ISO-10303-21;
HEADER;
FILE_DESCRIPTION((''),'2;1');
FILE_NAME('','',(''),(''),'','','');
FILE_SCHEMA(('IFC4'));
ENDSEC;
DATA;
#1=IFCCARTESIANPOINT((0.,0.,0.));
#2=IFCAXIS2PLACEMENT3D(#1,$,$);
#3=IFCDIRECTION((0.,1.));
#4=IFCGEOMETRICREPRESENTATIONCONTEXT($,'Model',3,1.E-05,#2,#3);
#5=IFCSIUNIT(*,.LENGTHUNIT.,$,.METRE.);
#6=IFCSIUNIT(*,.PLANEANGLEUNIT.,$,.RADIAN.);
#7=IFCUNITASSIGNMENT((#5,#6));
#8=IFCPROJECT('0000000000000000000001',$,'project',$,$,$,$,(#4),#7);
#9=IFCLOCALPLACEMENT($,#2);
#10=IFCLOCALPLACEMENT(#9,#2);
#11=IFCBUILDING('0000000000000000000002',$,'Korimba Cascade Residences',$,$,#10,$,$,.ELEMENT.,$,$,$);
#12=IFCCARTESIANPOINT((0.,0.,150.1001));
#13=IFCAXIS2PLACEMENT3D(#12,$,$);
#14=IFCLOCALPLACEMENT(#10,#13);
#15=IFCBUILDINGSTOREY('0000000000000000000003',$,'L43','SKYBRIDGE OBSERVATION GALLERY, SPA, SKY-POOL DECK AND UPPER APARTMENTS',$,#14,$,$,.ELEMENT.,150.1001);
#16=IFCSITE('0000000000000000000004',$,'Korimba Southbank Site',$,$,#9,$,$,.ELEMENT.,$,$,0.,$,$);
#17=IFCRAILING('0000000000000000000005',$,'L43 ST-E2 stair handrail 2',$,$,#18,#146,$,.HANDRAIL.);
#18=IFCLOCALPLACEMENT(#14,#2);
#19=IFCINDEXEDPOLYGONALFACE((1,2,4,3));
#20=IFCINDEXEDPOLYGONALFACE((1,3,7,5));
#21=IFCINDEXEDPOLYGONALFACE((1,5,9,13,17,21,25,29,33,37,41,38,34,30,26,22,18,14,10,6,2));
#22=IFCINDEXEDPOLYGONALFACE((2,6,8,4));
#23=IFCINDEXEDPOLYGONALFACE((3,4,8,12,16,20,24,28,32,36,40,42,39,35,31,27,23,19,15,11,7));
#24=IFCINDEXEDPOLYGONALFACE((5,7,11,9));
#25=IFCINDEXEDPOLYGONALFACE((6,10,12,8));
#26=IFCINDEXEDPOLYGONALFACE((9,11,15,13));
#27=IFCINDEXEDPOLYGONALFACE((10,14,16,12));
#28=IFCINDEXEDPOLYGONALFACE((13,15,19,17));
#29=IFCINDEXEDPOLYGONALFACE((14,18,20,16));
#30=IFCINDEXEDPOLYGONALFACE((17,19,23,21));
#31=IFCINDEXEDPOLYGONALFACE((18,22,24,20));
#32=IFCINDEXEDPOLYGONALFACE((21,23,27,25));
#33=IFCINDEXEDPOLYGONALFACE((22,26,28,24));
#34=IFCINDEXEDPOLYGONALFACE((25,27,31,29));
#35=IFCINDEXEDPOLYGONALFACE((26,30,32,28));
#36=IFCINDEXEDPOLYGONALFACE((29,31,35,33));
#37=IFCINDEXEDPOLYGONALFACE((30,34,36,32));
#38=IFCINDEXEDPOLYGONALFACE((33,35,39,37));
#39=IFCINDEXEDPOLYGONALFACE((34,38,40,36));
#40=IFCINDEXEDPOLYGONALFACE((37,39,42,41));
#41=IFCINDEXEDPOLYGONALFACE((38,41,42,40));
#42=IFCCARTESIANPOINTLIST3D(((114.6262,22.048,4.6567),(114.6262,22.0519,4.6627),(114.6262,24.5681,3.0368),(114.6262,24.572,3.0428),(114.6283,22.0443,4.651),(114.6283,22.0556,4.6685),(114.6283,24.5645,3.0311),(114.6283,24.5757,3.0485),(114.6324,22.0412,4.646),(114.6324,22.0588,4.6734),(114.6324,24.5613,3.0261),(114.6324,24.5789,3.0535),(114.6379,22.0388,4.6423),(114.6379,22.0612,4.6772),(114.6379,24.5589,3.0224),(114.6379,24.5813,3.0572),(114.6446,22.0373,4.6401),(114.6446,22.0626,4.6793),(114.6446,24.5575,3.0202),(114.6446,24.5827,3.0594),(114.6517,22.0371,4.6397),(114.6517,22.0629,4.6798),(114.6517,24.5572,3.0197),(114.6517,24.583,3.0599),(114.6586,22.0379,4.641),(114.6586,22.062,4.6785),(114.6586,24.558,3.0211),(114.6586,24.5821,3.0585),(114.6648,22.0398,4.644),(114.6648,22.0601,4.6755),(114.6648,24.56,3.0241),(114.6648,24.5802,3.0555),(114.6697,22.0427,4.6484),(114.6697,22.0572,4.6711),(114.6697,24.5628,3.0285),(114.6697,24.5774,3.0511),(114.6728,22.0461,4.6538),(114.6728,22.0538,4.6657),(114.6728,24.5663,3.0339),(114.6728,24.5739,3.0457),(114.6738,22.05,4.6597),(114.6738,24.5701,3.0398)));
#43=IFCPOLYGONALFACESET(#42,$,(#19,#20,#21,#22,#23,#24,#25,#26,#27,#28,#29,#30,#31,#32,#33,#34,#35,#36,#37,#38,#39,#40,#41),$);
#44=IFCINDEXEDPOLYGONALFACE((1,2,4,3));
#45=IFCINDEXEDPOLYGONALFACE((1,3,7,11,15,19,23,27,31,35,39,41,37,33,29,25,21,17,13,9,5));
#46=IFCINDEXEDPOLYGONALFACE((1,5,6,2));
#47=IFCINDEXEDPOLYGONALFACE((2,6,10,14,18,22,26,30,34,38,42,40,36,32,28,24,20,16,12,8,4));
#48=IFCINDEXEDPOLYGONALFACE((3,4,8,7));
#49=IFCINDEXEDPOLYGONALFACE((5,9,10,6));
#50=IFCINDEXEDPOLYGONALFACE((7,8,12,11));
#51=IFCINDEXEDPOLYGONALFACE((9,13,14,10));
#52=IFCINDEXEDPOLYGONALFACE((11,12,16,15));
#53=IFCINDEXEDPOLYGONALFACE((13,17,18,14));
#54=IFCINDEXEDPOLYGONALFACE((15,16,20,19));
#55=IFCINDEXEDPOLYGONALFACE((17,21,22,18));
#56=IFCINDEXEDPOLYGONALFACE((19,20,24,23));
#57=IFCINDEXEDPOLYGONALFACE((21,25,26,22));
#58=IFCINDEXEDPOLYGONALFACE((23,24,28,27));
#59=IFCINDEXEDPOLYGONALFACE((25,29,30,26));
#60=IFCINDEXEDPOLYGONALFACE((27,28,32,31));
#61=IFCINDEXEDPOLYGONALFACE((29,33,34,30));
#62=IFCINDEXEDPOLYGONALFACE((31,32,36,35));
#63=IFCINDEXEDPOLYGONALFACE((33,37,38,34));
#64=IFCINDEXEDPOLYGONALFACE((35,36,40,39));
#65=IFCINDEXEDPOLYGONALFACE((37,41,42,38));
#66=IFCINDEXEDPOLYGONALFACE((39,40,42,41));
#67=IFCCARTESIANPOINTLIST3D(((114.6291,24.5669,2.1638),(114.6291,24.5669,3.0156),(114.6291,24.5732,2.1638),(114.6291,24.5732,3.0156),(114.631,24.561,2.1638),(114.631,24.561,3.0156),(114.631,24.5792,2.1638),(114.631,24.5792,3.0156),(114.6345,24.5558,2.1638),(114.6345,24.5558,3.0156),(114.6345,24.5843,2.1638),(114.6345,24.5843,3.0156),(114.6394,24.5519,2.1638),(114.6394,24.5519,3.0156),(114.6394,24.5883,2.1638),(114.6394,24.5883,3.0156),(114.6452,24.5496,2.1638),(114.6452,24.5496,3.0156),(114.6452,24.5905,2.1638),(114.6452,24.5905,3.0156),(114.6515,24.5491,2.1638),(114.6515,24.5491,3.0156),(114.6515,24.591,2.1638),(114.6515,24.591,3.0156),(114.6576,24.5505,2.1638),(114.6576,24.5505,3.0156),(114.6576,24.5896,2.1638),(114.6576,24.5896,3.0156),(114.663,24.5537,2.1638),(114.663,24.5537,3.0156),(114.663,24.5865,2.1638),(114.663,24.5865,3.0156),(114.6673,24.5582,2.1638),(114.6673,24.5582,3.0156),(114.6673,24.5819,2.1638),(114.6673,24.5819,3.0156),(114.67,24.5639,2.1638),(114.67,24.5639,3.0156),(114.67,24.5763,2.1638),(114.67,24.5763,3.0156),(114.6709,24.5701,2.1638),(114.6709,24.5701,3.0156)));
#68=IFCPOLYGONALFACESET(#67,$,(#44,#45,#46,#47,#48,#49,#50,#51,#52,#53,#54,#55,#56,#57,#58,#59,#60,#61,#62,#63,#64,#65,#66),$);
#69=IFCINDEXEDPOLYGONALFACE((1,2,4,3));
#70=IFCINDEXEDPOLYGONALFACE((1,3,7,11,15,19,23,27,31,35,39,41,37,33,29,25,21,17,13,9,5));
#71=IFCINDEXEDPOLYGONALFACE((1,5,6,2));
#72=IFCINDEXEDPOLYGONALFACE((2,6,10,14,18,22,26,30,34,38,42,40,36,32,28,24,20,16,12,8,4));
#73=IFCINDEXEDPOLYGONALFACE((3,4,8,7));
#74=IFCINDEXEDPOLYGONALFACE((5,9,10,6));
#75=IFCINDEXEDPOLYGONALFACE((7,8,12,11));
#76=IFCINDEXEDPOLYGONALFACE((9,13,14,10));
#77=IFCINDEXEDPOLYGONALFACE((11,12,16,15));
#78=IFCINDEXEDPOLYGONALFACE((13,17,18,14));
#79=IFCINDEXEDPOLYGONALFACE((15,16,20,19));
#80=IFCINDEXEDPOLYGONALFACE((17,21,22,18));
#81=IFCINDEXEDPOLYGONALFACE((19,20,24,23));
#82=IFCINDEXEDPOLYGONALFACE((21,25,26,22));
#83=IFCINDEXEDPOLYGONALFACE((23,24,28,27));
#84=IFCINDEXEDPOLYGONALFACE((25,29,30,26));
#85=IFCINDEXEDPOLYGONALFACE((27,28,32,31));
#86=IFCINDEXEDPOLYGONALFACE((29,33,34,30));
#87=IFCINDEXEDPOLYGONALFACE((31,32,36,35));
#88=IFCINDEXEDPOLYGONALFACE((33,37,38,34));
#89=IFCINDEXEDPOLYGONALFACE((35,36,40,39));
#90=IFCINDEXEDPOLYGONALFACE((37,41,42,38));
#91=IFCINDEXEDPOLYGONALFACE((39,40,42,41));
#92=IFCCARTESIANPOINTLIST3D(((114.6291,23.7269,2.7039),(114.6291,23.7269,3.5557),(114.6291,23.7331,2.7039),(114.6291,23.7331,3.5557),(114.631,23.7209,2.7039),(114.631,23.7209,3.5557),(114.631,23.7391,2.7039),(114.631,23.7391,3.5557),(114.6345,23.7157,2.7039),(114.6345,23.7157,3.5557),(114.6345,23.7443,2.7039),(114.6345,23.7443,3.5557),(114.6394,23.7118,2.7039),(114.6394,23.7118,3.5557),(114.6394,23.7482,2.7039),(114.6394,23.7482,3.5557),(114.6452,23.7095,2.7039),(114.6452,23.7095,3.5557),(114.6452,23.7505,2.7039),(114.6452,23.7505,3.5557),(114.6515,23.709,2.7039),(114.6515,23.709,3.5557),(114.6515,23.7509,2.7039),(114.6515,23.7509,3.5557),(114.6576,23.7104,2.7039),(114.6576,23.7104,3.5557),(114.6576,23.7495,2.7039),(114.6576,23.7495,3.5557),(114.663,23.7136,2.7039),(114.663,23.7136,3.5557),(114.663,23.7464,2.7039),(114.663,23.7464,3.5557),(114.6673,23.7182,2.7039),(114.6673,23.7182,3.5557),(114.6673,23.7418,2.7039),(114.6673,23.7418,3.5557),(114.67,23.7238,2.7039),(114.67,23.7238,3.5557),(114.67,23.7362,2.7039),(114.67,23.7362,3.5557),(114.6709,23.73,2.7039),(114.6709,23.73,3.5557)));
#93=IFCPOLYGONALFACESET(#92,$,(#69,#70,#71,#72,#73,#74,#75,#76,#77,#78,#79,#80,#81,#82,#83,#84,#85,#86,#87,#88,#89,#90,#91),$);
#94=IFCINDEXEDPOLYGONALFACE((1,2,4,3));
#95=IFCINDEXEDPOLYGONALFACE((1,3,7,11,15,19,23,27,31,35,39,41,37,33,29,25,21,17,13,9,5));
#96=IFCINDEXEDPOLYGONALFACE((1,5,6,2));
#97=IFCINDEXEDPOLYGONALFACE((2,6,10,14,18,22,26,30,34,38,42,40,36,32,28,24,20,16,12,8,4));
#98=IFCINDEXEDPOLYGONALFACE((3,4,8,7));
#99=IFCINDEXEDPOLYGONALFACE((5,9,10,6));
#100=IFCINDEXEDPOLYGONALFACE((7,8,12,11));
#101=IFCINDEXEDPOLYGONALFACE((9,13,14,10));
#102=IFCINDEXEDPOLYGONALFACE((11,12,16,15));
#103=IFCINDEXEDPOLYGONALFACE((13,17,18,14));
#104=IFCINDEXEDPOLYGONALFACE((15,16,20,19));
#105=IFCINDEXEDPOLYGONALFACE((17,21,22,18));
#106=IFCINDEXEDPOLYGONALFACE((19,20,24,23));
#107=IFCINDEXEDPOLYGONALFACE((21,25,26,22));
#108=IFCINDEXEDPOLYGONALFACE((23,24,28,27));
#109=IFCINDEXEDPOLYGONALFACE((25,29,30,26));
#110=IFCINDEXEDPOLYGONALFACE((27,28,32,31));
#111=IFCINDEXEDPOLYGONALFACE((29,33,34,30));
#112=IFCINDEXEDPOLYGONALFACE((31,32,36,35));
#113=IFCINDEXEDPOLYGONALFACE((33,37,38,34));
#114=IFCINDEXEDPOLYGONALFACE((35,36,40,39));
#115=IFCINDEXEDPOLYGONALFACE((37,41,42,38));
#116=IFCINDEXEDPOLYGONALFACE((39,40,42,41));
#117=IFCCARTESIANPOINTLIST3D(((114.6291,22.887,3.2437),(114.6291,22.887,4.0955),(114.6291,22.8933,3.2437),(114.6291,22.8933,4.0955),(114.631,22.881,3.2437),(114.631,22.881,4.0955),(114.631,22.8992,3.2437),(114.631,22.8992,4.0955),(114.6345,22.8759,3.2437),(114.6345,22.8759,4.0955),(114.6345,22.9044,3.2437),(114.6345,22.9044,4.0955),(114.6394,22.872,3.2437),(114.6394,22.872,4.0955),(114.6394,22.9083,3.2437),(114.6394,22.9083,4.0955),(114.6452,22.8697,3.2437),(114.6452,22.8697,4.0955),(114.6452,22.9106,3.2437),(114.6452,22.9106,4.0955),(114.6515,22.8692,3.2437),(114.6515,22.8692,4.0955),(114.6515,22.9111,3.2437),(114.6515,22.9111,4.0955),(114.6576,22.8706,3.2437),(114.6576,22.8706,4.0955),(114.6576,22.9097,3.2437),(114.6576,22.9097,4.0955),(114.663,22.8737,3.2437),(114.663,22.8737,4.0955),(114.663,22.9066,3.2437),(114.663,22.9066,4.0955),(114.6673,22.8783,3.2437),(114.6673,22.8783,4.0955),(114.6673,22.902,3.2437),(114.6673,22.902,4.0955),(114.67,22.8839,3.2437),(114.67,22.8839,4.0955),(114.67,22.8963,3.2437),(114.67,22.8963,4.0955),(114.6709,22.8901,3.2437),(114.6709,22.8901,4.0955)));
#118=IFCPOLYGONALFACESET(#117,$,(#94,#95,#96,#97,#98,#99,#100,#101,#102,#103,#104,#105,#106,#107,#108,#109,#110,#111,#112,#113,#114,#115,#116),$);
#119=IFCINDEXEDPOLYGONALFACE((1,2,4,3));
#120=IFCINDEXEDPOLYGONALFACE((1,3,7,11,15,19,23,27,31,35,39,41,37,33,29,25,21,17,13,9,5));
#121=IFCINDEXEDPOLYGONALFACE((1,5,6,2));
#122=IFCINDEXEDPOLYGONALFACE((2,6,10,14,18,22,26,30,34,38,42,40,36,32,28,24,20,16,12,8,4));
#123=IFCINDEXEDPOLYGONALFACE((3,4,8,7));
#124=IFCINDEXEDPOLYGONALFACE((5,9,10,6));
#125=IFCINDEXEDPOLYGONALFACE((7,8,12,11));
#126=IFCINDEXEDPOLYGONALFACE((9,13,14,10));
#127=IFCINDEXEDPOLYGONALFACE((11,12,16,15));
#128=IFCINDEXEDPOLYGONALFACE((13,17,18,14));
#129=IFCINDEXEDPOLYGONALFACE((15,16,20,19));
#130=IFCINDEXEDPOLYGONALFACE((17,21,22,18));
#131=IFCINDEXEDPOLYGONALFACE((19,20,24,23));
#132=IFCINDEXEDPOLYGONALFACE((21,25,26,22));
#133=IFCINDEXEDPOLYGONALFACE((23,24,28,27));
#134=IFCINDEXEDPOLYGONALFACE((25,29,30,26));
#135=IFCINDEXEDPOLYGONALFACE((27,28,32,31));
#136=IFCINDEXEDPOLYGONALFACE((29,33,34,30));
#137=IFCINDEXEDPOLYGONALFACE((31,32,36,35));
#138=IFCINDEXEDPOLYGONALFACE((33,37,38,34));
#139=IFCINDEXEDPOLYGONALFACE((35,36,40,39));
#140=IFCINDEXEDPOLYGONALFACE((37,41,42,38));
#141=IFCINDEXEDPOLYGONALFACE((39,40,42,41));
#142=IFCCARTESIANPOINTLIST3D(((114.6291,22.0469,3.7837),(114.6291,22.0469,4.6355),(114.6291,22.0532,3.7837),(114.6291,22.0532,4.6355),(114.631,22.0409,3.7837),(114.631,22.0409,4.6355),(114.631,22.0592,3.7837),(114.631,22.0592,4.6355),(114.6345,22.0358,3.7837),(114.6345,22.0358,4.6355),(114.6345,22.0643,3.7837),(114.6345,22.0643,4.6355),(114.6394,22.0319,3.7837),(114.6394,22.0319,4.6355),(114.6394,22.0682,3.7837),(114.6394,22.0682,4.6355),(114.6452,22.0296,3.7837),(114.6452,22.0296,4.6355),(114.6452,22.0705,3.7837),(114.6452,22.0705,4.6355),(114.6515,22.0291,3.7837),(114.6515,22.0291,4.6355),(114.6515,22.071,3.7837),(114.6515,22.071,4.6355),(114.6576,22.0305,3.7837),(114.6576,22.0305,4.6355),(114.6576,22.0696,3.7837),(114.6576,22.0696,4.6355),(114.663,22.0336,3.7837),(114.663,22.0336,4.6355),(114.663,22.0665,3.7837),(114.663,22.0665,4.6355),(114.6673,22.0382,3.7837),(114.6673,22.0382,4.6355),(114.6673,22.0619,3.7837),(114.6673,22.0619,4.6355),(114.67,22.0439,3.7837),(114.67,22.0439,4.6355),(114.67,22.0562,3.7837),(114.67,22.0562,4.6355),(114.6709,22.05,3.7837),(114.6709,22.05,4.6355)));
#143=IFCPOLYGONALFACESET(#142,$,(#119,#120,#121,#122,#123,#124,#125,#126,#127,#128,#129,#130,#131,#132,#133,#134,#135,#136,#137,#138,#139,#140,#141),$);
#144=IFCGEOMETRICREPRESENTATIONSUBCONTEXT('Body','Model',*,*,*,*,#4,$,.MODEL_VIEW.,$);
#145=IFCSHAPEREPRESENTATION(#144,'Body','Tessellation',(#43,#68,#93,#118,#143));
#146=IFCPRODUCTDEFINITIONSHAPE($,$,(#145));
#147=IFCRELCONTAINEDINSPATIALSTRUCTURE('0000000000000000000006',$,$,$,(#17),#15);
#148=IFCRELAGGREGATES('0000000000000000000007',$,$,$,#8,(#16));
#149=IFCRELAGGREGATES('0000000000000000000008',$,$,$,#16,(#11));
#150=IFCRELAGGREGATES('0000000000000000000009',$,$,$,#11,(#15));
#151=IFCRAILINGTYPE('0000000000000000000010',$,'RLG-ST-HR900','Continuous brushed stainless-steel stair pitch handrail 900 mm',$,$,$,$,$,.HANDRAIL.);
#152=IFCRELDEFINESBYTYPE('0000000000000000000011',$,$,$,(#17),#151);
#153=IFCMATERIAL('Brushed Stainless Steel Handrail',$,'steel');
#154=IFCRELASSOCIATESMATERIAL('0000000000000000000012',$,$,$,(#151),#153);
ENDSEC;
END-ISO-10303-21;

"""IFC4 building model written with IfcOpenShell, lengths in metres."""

from ifc_helpers import new_model, si_unit, direction, frame, origin, origin_2d, place, context, subcontext, project, spatial, circle, extrude, material, type_object, element, save


model = new_model("IFC4")

# Units and contexts
model_context = context("Model", 3, precision=1e-05, world=origin(), true_north=direction((0.0, 1.0)))
body_context = subcontext(model_context, "Body", "Model", "MODEL_VIEW")
ifc_project = project(units=[si_unit("LENGTHUNIT", "METRE"), si_unit("PLANEANGLEUNIT", "RADIAN")], contexts=[model_context])

# Site, building, storey
site_placement = place(None, origin())
site = spatial("IfcSite", under=ifc_project, at=site_placement, Name="Korimba Southbank Site", CompositionType="ELEMENT", RefElevation=0.0)
building_placement = place(site_placement, origin())
building = spatial("IfcBuilding", under=site, at=building_placement, Name="Korimba Cascade Residences", CompositionType="ELEMENT")
storey_placement = place(building_placement, frame((0.0, 0.0, 150.1001)))
storey = spatial("IfcBuildingStorey", under=building, at=storey_placement, Name="L43", Description="SKYBRIDGE OBSERVATION GALLERY, SPA, SKY-POOL DECK AND UPPER APARTMENTS", CompositionType="ELEMENT", Elevation=150.1001)

# Railing
ifc_material_1 = material(Name="Brushed Stainless Steel Handrail", Category="steel")
railing_type_1 = type_object("IfcRailingType", Name="RLG-ST-HR900", Description="Continuous brushed stainless-steel stair pitch handrail 900 mm", PredefinedType="HANDRAIL", material=ifc_material_1)
railing_1_placement = place(storey_placement, frame((114.6499, 24.5701, 2.1638)))
element("IfcRailing", 1, at=railing_1_placement, inside=storey, type_object=railing_type_1, Name="L43 ST-E2 stair handrail 2", PredefinedType="HANDRAIL", context=body_context, shape_type="SweptSolid", body=[
    extrude(circle(Radius=0.0239, at=origin_2d()), frame((0.0, 0.0, 0.876), z_axis=(0.0, -0.8412, 0.540725), x_axis=(1.0, 0.0, 0.0)), (0.0, 0.0, 1.0), 2.9958),
    extrude(circle(Radius=0.021, at=origin_2d()), origin(), (0.0, 0.0, 1.0), 0.8518),
    extrude(circle(Radius=0.021, at=origin_2d()), frame((0.0, -0.8401, 0.54)), (0.0, 0.0, 1.0), 0.8518),
    extrude(circle(Radius=0.021, at=origin_2d()), frame((0.0, -1.6799, 1.0798)), (0.0, 0.0, 1.0), 0.8518),
    extrude(circle(Radius=0.021, at=origin_2d()), frame((0.0, -2.52, 1.6199)), (0.0, 0.0, 1.0), 0.8518),
])

save(model, "model.ifc")
